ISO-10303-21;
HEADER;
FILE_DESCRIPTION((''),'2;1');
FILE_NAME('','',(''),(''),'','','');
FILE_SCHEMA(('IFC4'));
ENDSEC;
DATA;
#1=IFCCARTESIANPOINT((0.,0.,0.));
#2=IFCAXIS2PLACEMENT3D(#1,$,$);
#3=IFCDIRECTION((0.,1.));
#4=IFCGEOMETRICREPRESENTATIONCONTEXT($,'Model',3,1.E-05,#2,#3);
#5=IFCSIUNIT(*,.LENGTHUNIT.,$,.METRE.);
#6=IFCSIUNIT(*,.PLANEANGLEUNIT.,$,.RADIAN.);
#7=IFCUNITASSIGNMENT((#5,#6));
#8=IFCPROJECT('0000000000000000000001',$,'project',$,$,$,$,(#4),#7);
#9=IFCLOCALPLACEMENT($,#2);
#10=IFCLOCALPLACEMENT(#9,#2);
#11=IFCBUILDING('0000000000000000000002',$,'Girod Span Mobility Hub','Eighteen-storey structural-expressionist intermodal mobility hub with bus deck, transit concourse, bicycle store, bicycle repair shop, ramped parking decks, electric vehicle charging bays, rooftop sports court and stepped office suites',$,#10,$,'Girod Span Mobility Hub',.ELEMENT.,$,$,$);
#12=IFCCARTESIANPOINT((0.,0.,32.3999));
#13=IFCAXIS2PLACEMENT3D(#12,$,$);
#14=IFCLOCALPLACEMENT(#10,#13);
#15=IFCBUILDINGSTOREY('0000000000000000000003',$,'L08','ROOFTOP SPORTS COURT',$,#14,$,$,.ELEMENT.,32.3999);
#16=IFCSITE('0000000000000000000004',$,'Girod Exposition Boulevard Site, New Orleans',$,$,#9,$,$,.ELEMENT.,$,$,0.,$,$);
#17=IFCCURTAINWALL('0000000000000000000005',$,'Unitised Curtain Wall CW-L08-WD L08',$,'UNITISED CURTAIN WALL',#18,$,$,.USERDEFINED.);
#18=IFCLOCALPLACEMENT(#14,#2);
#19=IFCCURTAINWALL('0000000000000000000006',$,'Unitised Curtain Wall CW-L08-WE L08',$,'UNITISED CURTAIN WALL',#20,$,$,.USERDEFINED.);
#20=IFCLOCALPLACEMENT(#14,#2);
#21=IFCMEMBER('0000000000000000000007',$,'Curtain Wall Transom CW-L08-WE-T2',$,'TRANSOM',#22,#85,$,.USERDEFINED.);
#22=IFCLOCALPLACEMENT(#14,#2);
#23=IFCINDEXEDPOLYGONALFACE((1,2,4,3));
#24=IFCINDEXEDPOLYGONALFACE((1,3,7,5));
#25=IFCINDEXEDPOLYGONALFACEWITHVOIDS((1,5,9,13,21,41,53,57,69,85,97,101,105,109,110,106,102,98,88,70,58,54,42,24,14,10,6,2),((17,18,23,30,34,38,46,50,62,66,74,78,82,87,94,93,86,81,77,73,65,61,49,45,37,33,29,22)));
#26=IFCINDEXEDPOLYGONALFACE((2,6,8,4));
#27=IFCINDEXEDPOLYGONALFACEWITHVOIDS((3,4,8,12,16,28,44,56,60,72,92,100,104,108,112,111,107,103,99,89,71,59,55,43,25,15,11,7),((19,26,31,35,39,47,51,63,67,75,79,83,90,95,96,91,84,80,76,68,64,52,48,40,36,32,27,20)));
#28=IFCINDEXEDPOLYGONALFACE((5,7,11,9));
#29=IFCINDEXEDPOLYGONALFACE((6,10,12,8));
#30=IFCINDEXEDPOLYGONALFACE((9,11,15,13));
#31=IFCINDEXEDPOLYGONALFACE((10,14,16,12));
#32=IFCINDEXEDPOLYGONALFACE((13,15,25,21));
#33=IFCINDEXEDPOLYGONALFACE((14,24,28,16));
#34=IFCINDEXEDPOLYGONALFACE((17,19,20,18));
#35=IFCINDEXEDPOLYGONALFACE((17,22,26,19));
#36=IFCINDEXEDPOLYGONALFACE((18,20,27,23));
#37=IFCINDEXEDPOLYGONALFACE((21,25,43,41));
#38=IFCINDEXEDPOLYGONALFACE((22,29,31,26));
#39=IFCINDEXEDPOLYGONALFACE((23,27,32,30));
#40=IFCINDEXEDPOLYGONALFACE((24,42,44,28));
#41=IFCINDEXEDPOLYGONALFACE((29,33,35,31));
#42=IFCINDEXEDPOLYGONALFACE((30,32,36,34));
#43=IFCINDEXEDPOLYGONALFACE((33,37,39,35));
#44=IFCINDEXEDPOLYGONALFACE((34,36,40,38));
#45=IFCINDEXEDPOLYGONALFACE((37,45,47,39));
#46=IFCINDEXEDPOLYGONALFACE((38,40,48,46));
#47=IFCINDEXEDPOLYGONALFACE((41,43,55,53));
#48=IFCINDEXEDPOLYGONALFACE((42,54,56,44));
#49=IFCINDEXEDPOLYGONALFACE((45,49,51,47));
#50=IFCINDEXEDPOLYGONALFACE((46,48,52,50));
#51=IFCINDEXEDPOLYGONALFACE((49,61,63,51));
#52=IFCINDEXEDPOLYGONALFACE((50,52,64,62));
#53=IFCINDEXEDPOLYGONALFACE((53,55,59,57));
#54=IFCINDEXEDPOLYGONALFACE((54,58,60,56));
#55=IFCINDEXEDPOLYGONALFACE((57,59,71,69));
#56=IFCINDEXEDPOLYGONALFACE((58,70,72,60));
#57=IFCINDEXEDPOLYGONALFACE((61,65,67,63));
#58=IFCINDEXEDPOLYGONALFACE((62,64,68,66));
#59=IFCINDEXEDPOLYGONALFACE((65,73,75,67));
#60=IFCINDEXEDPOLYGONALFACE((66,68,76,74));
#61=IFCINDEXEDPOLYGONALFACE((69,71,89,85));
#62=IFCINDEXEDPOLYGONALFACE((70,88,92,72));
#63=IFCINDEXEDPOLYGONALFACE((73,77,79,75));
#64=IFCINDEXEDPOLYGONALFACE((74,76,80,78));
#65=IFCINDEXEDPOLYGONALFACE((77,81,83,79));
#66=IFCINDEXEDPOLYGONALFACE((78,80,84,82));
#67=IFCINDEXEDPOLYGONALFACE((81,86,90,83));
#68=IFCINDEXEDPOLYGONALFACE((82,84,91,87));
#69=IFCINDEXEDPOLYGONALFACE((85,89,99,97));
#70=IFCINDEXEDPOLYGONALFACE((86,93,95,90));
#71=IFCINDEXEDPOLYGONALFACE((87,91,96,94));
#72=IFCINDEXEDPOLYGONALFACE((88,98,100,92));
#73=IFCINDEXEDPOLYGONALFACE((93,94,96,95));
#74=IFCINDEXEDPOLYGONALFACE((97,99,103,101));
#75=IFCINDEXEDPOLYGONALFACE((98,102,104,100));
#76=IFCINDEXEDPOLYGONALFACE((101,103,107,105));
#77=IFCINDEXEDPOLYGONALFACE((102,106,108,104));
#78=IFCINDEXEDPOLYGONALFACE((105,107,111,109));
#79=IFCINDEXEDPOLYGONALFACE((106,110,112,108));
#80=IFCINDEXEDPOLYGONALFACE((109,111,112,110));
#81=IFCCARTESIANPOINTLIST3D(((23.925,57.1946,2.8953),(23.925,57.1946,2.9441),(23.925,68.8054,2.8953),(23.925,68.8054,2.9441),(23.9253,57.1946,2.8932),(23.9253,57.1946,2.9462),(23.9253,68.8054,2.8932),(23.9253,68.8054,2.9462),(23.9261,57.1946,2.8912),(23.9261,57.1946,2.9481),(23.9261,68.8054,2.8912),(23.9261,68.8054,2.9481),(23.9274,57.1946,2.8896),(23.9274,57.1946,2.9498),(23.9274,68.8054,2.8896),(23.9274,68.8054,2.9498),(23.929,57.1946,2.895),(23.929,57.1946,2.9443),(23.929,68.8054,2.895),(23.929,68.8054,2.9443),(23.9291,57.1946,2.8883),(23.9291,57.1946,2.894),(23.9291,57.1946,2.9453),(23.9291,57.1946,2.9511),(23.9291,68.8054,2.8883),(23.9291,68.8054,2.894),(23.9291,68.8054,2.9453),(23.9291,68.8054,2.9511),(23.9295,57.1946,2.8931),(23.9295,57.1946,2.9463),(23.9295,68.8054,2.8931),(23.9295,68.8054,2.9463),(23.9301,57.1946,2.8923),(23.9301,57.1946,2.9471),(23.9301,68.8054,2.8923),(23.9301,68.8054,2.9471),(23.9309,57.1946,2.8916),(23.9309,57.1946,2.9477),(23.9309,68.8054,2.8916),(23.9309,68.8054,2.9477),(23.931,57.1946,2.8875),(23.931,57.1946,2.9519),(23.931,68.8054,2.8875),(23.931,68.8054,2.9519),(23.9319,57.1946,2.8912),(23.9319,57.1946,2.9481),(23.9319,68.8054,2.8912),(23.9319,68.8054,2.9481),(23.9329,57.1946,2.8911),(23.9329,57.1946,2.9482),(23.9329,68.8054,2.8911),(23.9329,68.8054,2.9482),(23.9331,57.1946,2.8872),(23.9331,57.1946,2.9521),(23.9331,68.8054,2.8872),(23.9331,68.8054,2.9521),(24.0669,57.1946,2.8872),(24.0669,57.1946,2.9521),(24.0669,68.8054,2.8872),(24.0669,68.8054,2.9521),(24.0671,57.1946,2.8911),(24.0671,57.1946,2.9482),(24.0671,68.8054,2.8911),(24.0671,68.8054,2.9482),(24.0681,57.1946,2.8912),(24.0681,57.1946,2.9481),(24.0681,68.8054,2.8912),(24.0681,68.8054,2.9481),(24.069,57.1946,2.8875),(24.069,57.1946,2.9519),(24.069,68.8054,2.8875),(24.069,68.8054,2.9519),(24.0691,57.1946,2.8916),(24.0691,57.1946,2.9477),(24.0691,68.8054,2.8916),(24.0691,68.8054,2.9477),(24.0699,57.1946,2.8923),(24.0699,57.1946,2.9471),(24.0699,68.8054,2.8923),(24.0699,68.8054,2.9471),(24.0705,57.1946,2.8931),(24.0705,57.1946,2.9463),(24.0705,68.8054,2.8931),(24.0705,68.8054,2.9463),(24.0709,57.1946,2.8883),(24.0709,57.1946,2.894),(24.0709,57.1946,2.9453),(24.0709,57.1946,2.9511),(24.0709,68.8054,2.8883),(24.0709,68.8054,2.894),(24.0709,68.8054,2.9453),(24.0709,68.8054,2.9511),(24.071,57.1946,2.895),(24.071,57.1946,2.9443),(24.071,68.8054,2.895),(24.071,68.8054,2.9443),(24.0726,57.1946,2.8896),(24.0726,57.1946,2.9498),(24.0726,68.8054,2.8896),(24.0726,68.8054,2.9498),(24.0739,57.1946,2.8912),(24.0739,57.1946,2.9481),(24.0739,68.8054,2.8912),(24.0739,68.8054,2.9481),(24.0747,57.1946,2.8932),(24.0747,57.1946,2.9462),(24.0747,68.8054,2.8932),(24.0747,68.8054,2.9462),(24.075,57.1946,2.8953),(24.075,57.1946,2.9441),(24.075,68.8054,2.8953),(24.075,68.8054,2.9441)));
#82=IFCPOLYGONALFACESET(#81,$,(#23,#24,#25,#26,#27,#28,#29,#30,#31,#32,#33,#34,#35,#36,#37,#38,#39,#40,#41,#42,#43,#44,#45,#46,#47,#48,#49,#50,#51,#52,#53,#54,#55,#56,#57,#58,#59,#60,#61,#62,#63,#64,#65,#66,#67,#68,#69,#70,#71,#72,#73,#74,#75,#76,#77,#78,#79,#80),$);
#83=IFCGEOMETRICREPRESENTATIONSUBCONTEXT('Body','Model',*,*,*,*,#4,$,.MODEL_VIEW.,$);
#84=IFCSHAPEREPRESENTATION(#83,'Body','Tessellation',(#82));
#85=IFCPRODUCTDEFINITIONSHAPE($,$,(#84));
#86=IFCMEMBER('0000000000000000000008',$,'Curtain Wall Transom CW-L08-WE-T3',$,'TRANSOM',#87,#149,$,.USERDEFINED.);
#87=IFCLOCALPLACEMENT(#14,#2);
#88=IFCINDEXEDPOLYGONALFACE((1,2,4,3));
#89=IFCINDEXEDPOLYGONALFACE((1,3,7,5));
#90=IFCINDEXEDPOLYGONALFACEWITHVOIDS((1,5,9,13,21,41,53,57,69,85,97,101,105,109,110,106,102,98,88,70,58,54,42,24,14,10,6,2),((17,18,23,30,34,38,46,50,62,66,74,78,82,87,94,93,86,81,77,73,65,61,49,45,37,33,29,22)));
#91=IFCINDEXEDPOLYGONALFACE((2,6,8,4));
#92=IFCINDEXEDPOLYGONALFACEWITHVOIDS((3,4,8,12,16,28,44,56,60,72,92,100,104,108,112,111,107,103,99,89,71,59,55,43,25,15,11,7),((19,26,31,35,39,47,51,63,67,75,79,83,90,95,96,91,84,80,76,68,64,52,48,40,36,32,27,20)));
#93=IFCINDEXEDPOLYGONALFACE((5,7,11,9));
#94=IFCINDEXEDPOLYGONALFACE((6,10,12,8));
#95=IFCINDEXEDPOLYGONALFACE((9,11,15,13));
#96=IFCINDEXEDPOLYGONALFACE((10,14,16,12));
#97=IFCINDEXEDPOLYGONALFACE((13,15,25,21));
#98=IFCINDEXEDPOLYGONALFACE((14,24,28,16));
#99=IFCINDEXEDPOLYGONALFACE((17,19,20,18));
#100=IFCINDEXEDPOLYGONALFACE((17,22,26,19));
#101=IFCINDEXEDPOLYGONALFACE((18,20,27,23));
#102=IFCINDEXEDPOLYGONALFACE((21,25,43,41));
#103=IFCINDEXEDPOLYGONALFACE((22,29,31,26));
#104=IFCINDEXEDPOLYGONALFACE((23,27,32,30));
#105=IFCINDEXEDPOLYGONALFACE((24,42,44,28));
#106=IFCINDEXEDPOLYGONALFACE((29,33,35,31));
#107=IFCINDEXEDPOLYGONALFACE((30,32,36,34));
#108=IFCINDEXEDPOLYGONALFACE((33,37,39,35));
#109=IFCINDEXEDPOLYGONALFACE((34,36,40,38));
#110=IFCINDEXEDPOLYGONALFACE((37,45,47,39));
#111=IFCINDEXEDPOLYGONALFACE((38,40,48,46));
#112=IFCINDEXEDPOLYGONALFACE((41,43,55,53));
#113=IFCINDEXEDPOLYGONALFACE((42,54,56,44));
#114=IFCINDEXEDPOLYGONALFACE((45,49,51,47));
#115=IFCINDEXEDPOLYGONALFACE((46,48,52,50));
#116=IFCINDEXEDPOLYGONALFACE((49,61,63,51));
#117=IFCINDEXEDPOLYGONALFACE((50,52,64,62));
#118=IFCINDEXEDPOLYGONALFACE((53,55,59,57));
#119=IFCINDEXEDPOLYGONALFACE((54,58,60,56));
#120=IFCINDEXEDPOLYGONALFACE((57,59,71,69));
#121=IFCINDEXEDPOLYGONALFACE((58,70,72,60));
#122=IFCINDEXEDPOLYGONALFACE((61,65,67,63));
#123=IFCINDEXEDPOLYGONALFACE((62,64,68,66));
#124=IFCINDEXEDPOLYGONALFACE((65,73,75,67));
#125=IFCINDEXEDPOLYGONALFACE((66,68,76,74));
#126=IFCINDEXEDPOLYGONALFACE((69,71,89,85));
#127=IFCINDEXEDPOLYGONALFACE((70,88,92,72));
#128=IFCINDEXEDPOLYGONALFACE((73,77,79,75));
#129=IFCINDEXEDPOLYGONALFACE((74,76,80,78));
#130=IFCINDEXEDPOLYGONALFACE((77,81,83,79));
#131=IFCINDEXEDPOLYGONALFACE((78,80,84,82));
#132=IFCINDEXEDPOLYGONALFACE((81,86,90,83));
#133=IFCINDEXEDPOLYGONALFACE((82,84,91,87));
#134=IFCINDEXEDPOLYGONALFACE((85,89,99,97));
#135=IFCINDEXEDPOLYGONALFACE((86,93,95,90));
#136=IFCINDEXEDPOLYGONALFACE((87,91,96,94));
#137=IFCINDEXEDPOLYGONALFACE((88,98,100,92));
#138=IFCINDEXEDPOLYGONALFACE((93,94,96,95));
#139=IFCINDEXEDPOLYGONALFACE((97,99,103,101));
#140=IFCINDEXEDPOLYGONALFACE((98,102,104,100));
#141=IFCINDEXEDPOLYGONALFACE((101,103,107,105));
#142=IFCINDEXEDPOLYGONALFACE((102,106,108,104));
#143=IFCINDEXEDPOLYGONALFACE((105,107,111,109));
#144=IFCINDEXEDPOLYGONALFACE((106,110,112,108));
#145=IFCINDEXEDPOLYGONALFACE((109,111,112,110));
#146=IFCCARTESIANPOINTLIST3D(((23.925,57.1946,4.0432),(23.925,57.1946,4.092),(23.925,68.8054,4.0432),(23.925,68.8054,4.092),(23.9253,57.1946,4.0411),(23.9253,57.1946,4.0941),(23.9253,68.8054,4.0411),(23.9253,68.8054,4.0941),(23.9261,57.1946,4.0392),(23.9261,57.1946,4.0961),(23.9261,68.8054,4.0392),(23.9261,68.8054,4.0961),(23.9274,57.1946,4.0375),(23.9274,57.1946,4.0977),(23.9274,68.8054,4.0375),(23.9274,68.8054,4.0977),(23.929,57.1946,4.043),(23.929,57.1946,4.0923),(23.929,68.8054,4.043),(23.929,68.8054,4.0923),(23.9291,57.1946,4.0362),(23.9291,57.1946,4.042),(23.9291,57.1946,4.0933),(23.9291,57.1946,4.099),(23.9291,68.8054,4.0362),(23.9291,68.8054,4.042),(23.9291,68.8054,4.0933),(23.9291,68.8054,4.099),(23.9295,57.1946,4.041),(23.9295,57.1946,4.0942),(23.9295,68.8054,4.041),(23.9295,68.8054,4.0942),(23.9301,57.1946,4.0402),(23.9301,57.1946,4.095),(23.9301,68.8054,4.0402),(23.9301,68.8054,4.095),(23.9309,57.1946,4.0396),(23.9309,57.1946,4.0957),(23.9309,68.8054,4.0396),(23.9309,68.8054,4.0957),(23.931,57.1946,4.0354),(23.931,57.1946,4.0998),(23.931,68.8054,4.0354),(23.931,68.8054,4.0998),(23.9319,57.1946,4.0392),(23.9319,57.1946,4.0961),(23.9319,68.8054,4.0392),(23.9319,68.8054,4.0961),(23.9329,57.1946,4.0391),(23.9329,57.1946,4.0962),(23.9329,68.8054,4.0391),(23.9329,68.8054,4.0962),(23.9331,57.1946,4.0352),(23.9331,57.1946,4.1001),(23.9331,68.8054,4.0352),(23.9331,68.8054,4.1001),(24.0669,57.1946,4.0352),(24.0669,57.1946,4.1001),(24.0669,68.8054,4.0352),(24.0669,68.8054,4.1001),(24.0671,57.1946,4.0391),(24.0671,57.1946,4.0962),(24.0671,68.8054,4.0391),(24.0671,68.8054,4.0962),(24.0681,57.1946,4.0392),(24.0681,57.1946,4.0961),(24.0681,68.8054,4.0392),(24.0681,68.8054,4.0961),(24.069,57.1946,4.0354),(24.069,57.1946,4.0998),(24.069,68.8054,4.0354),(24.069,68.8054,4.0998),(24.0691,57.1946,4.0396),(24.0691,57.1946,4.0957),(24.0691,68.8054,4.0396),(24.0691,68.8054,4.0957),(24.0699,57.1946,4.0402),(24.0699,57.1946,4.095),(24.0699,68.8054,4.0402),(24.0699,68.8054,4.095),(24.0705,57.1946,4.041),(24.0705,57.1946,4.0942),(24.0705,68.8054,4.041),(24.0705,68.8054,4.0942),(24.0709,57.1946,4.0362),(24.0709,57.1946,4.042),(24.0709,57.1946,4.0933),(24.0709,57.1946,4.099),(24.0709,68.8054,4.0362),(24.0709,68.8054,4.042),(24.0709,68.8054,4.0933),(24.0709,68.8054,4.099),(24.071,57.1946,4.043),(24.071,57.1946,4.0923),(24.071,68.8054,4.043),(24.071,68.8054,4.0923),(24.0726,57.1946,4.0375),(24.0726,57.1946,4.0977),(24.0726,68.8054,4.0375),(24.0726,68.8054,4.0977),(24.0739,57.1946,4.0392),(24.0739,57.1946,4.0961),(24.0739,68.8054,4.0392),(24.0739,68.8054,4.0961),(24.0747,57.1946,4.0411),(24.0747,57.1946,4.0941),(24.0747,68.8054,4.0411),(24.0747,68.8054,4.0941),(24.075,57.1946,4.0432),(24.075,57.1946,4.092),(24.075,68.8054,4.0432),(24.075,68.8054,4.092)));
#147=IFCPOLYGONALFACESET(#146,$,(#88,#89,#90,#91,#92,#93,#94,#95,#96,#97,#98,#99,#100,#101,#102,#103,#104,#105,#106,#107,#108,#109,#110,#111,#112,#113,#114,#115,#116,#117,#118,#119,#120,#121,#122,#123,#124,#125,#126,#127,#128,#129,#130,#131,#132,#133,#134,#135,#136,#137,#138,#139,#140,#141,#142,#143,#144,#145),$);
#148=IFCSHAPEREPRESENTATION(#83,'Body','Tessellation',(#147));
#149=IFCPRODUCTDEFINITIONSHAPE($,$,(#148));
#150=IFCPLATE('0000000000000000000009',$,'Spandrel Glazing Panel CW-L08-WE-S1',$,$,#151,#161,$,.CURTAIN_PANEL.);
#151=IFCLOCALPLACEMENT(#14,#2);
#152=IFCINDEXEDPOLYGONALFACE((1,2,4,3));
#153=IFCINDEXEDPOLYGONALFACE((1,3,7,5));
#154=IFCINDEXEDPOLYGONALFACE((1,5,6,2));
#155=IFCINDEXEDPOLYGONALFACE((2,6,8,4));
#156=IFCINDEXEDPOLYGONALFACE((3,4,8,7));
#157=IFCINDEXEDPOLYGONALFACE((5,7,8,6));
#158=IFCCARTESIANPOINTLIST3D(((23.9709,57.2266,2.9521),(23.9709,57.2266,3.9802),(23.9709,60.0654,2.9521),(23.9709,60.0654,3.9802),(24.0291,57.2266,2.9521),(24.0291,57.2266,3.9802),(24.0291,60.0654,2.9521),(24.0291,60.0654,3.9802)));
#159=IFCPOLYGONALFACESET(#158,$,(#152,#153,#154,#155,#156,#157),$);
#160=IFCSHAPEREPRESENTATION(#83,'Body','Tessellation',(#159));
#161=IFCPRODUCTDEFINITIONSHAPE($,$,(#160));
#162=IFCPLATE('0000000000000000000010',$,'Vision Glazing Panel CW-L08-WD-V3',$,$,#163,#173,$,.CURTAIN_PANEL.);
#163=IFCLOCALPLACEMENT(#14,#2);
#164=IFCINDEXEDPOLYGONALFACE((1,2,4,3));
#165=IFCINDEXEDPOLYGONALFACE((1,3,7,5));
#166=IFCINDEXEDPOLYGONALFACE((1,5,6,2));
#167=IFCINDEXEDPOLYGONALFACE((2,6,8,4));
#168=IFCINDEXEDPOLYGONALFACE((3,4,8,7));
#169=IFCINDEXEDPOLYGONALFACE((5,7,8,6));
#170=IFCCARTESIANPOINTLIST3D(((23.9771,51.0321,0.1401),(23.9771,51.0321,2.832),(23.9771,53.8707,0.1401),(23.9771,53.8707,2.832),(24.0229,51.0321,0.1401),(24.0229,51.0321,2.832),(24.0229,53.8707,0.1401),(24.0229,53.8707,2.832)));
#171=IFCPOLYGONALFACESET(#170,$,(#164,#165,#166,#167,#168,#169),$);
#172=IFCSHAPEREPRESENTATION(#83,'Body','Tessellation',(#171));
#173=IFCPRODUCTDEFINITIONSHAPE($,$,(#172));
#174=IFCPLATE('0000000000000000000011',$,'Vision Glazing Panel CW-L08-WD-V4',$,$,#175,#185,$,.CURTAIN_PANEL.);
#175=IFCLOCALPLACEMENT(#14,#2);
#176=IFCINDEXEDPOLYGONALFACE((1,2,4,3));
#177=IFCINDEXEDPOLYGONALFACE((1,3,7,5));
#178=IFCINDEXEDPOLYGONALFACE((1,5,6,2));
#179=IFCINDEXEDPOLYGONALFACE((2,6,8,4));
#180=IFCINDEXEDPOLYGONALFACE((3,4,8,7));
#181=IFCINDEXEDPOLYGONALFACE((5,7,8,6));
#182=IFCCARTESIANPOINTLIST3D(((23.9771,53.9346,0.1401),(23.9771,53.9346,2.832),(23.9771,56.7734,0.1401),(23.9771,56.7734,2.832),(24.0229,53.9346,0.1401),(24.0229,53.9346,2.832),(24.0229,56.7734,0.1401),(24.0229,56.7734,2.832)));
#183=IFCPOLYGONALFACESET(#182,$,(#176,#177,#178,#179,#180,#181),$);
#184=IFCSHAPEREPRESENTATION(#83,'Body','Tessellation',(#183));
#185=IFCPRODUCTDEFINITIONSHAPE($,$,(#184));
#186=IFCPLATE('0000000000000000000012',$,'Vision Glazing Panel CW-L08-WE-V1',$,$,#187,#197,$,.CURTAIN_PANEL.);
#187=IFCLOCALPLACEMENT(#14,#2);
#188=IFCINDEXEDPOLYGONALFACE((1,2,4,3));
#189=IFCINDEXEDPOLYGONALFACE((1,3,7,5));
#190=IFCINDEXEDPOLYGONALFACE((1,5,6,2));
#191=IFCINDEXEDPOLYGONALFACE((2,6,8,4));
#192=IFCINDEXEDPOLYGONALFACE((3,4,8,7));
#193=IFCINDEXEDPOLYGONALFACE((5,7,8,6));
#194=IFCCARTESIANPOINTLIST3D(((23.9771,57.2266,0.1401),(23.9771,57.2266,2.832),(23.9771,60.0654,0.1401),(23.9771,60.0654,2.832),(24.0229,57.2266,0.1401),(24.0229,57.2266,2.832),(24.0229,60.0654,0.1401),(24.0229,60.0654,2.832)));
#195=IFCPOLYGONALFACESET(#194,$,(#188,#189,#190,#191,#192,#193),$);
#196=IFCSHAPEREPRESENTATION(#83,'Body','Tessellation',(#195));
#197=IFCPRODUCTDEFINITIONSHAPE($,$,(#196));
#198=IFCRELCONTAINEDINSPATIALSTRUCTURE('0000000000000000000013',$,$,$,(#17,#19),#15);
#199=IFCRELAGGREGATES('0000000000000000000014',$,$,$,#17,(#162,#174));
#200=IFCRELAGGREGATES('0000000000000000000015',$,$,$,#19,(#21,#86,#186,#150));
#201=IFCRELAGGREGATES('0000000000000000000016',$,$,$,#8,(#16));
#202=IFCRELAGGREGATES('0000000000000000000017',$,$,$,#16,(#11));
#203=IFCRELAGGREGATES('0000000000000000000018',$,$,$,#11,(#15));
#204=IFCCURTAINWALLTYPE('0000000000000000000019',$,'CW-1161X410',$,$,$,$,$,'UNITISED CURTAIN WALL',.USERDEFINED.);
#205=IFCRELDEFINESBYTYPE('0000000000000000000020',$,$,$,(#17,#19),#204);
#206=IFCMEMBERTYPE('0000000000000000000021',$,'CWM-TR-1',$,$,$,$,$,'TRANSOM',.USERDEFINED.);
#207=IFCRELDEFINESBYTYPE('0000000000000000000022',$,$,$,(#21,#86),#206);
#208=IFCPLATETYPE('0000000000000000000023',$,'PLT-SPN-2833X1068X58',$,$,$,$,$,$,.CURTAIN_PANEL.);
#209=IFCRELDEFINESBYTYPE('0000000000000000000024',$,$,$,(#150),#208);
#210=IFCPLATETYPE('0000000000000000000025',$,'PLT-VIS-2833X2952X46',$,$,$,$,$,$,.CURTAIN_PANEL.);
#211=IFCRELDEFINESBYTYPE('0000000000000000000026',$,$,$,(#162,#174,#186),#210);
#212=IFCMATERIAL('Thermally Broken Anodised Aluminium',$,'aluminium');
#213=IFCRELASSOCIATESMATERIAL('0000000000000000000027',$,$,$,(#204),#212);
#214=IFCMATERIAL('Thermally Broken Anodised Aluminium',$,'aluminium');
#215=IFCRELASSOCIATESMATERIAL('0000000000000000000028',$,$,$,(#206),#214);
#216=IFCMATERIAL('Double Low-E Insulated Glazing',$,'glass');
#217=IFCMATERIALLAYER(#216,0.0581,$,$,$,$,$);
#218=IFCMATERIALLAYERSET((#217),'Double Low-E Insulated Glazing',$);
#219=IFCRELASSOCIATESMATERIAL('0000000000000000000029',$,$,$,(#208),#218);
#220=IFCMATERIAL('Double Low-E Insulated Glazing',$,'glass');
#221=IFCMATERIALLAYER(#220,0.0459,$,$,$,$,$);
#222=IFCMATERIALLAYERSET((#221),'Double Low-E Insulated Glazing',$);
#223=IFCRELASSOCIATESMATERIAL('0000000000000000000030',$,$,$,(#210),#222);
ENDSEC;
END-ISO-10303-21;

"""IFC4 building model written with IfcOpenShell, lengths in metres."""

from ifc_helpers import new_model, si_unit, direction, frame, origin, origin_2d, place, context, subcontext, project, spatial, rectangle, hollow_rectangle, extrude, material, layer, layer_set, material_profile, profile_set, type_object, element, aggregate, save


model = new_model("IFC4")

# Units and contexts
model_context = context("Model", 3, precision=1e-05, world=origin(), true_north=direction((0.0, 1.0)))
body_context = subcontext(model_context, "Body", "Model", "MODEL_VIEW")
ifc_project = project(units=[si_unit("LENGTHUNIT", "METRE"), si_unit("PLANEANGLEUNIT", "RADIAN")], contexts=[model_context])

# Site, building, storey
site_placement = place(None, origin())
site = spatial("IfcSite", under=ifc_project, at=site_placement, Name="Girod Exposition Boulevard Site, New Orleans", CompositionType="ELEMENT", RefElevation=0.0)
building_placement = place(site_placement, origin())
building = spatial("IfcBuilding", under=site, at=building_placement, Name="Girod Span Mobility Hub", Description="Eighteen-storey structural-expressionist intermodal mobility hub with bus deck, transit concourse, bicycle store, bicycle repair shop, ramped parking decks, electric vehicle charging bays, rooftop sports court and stepped office suites", LongName="Girod Span Mobility Hub", CompositionType="ELEMENT")
storey_placement = place(building_placement, frame((0.0, 0.0, 32.3999)))
storey = spatial("IfcBuildingStorey", under=building, at=storey_placement, Name="L08", Description="ROOFTOP SPORTS COURT", CompositionType="ELEMENT", Elevation=32.3999)

# Curtain wall
ifc_material_1 = material(Name="Thermally Broken Anodised Aluminium", Category="aluminium")
curtain_wall_type = type_object("IfcCurtainWallType", Name="CW-1161X410", ElementType="UNITISED CURTAIN WALL", PredefinedType="USERDEFINED", material=ifc_material_1)
curtain_wall_1_placement = place(storey_placement, origin())
curtain_wall_1 = element("IfcCurtainWall", 1, at=curtain_wall_1_placement, inside=storey, type_object=curtain_wall_type, Name="Unitised Curtain Wall CW-L08-WD L08", ObjectType="UNITISED CURTAIN WALL", PredefinedType="USERDEFINED")

# Curtain wall, members, plate
curtain_wall_2_placement = place(storey_placement, origin())
curtain_wall_2 = element("IfcCurtainWall", 2, at=curtain_wall_2_placement, inside=storey, type_object=curtain_wall_type, Name="Unitised Curtain Wall CW-L08-WE L08", ObjectType="UNITISED CURTAIN WALL", PredefinedType="USERDEFINED")
ifc_material_2 = material(Name="Thermally Broken Anodised Aluminium", Category="aluminium")
ifc_material_profile_1 = material_profile(ifc_material_2, hollow_rectangle(XDim=0.1499, YDim=0.0649, WallThickness=0.0039, InnerFilletRadius=0.0039, OuterFilletRadius=0.0081, at=origin_2d()), Name="CW-TR-65X150")
ifc_profile_set_1 = profile_set([ifc_material_profile_1], Name="Thermally Broken Anodised Aluminium")
member_type_1 = type_object("IfcMemberType", Name="CWM-TR-1", ElementType="TRANSOM", PredefinedType="USERDEFINED", material=ifc_profile_set_1)
member_1_placement = place(storey_placement, frame((24.0, 57.1946, 2.9197), z_axis=(0.0, 1.0, 0.0), x_axis=(-1.0, 0.0, 0.0)))
member_1 = element("IfcMember", 3, at=member_1_placement, type_object=member_type_1, Name="Curtain Wall Transom CW-L08-WE-T2", ObjectType="TRANSOM", PredefinedType="USERDEFINED", context=body_context, shape_type="SweptSolid", body=[
    extrude(hollow_rectangle(XDim=0.1499, YDim=0.0649, WallThickness=0.0039, InnerFilletRadius=0.0039, OuterFilletRadius=0.0081, at=origin_2d()), origin(), (0.0, 0.0, 1.0), 11.6108),
])
member_2_placement = place(storey_placement, frame((24.0, 57.1946, 4.0676), z_axis=(0.0, 1.0, 0.0), x_axis=(-1.0, 0.0, 0.0)))
member_2 = element("IfcMember", 4, at=member_2_placement, type_object=member_type_1, Name="Curtain Wall Transom CW-L08-WE-T3", ObjectType="TRANSOM", PredefinedType="USERDEFINED", context=body_context, shape_type="SweptSolid", body=[
    extrude(hollow_rectangle(XDim=0.1499, YDim=0.0649, WallThickness=0.0039, InnerFilletRadius=0.0039, OuterFilletRadius=0.0081, at=origin_2d()), origin(), (0.0, 0.0, 1.0), 11.6108),
])
ifc_material_3 = material(Name="Double Low-E Insulated Glazing", Category="glass")
ifc_layer_1 = layer(ifc_material_3, 0.0581)
ifc_layer_set_1 = layer_set([ifc_layer_1], Name="Double Low-E Insulated Glazing")
plate_type_1 = type_object("IfcPlateType", Name="PLT-SPN-2833X1068X58", PredefinedType="CURTAIN_PANEL", material=ifc_layer_set_1)
plate_1_placement = place(storey_placement, frame((24.0, 58.646, 2.9521), z_axis=(0.0, 0.0, 1.0), x_axis=(0.0, 1.0, 0.0)))
plate_1 = element("IfcPlate", 5, at=plate_1_placement, type_object=plate_type_1, Name="Spandrel Glazing Panel CW-L08-WE-S1", PredefinedType="CURTAIN_PANEL", context=body_context, shape_type="SweptSolid", body=[
    extrude(rectangle(XDim=2.8389, YDim=0.0581, at=origin_2d()), origin(), (0.0, 0.0, 1.0), 1.0281),
])

# Plates
ifc_material_4 = material(Name="Double Low-E Insulated Glazing", Category="glass")
ifc_layer_2 = layer(ifc_material_4, 0.0459)
ifc_layer_set_2 = layer_set([ifc_layer_2], Name="Double Low-E Insulated Glazing")
plate_type_2 = type_object("IfcPlateType", Name="PLT-VIS-2833X2952X46", PredefinedType="CURTAIN_PANEL", material=ifc_layer_set_2)
plate_2_placement = place(storey_placement, frame((24.0, 52.4514, 0.1401), z_axis=(0.0, 0.0, 1.0), x_axis=(0.0, 1.0, 0.0)))
plate_2 = element("IfcPlate", 6, at=plate_2_placement, type_object=plate_type_2, Name="Vision Glazing Panel CW-L08-WD-V3", PredefinedType="CURTAIN_PANEL", context=body_context, shape_type="SweptSolid", body=[
    extrude(rectangle(XDim=2.8386, YDim=0.0459, at=origin_2d()), origin(), (0.0, 0.0, 1.0), 2.6919),
])
plate_3_placement = place(storey_placement, frame((24.0, 55.354, 0.1401), z_axis=(0.0, 0.0, 1.0), x_axis=(0.0, 1.0, 0.0)))
plate_3 = element("IfcPlate", 7, at=plate_3_placement, type_object=plate_type_2, Name="Vision Glazing Panel CW-L08-WD-V4", PredefinedType="CURTAIN_PANEL", context=body_context, shape_type="SweptSolid", body=[
    extrude(rectangle(XDim=2.8389, YDim=0.0459, at=origin_2d()), origin(), (0.0, 0.0, 1.0), 2.6919),
])
aggregate(curtain_wall_1, [plate_2, plate_3])
plate_4_placement = place(storey_placement, frame((24.0, 58.646, 0.1401), z_axis=(0.0, 0.0, 1.0), x_axis=(0.0, 1.0, 0.0)))
plate_4 = element("IfcPlate", 8, at=plate_4_placement, type_object=plate_type_2, Name="Vision Glazing Panel CW-L08-WE-V1", PredefinedType="CURTAIN_PANEL", context=body_context, shape_type="SweptSolid", body=[
    extrude(rectangle(XDim=2.8389, YDim=0.0459, at=origin_2d()), origin(), (0.0, 0.0, 1.0), 2.6919),
])
aggregate(curtain_wall_2, [member_1, member_2, plate_4, plate_1])

save(model, "model.ifc")
